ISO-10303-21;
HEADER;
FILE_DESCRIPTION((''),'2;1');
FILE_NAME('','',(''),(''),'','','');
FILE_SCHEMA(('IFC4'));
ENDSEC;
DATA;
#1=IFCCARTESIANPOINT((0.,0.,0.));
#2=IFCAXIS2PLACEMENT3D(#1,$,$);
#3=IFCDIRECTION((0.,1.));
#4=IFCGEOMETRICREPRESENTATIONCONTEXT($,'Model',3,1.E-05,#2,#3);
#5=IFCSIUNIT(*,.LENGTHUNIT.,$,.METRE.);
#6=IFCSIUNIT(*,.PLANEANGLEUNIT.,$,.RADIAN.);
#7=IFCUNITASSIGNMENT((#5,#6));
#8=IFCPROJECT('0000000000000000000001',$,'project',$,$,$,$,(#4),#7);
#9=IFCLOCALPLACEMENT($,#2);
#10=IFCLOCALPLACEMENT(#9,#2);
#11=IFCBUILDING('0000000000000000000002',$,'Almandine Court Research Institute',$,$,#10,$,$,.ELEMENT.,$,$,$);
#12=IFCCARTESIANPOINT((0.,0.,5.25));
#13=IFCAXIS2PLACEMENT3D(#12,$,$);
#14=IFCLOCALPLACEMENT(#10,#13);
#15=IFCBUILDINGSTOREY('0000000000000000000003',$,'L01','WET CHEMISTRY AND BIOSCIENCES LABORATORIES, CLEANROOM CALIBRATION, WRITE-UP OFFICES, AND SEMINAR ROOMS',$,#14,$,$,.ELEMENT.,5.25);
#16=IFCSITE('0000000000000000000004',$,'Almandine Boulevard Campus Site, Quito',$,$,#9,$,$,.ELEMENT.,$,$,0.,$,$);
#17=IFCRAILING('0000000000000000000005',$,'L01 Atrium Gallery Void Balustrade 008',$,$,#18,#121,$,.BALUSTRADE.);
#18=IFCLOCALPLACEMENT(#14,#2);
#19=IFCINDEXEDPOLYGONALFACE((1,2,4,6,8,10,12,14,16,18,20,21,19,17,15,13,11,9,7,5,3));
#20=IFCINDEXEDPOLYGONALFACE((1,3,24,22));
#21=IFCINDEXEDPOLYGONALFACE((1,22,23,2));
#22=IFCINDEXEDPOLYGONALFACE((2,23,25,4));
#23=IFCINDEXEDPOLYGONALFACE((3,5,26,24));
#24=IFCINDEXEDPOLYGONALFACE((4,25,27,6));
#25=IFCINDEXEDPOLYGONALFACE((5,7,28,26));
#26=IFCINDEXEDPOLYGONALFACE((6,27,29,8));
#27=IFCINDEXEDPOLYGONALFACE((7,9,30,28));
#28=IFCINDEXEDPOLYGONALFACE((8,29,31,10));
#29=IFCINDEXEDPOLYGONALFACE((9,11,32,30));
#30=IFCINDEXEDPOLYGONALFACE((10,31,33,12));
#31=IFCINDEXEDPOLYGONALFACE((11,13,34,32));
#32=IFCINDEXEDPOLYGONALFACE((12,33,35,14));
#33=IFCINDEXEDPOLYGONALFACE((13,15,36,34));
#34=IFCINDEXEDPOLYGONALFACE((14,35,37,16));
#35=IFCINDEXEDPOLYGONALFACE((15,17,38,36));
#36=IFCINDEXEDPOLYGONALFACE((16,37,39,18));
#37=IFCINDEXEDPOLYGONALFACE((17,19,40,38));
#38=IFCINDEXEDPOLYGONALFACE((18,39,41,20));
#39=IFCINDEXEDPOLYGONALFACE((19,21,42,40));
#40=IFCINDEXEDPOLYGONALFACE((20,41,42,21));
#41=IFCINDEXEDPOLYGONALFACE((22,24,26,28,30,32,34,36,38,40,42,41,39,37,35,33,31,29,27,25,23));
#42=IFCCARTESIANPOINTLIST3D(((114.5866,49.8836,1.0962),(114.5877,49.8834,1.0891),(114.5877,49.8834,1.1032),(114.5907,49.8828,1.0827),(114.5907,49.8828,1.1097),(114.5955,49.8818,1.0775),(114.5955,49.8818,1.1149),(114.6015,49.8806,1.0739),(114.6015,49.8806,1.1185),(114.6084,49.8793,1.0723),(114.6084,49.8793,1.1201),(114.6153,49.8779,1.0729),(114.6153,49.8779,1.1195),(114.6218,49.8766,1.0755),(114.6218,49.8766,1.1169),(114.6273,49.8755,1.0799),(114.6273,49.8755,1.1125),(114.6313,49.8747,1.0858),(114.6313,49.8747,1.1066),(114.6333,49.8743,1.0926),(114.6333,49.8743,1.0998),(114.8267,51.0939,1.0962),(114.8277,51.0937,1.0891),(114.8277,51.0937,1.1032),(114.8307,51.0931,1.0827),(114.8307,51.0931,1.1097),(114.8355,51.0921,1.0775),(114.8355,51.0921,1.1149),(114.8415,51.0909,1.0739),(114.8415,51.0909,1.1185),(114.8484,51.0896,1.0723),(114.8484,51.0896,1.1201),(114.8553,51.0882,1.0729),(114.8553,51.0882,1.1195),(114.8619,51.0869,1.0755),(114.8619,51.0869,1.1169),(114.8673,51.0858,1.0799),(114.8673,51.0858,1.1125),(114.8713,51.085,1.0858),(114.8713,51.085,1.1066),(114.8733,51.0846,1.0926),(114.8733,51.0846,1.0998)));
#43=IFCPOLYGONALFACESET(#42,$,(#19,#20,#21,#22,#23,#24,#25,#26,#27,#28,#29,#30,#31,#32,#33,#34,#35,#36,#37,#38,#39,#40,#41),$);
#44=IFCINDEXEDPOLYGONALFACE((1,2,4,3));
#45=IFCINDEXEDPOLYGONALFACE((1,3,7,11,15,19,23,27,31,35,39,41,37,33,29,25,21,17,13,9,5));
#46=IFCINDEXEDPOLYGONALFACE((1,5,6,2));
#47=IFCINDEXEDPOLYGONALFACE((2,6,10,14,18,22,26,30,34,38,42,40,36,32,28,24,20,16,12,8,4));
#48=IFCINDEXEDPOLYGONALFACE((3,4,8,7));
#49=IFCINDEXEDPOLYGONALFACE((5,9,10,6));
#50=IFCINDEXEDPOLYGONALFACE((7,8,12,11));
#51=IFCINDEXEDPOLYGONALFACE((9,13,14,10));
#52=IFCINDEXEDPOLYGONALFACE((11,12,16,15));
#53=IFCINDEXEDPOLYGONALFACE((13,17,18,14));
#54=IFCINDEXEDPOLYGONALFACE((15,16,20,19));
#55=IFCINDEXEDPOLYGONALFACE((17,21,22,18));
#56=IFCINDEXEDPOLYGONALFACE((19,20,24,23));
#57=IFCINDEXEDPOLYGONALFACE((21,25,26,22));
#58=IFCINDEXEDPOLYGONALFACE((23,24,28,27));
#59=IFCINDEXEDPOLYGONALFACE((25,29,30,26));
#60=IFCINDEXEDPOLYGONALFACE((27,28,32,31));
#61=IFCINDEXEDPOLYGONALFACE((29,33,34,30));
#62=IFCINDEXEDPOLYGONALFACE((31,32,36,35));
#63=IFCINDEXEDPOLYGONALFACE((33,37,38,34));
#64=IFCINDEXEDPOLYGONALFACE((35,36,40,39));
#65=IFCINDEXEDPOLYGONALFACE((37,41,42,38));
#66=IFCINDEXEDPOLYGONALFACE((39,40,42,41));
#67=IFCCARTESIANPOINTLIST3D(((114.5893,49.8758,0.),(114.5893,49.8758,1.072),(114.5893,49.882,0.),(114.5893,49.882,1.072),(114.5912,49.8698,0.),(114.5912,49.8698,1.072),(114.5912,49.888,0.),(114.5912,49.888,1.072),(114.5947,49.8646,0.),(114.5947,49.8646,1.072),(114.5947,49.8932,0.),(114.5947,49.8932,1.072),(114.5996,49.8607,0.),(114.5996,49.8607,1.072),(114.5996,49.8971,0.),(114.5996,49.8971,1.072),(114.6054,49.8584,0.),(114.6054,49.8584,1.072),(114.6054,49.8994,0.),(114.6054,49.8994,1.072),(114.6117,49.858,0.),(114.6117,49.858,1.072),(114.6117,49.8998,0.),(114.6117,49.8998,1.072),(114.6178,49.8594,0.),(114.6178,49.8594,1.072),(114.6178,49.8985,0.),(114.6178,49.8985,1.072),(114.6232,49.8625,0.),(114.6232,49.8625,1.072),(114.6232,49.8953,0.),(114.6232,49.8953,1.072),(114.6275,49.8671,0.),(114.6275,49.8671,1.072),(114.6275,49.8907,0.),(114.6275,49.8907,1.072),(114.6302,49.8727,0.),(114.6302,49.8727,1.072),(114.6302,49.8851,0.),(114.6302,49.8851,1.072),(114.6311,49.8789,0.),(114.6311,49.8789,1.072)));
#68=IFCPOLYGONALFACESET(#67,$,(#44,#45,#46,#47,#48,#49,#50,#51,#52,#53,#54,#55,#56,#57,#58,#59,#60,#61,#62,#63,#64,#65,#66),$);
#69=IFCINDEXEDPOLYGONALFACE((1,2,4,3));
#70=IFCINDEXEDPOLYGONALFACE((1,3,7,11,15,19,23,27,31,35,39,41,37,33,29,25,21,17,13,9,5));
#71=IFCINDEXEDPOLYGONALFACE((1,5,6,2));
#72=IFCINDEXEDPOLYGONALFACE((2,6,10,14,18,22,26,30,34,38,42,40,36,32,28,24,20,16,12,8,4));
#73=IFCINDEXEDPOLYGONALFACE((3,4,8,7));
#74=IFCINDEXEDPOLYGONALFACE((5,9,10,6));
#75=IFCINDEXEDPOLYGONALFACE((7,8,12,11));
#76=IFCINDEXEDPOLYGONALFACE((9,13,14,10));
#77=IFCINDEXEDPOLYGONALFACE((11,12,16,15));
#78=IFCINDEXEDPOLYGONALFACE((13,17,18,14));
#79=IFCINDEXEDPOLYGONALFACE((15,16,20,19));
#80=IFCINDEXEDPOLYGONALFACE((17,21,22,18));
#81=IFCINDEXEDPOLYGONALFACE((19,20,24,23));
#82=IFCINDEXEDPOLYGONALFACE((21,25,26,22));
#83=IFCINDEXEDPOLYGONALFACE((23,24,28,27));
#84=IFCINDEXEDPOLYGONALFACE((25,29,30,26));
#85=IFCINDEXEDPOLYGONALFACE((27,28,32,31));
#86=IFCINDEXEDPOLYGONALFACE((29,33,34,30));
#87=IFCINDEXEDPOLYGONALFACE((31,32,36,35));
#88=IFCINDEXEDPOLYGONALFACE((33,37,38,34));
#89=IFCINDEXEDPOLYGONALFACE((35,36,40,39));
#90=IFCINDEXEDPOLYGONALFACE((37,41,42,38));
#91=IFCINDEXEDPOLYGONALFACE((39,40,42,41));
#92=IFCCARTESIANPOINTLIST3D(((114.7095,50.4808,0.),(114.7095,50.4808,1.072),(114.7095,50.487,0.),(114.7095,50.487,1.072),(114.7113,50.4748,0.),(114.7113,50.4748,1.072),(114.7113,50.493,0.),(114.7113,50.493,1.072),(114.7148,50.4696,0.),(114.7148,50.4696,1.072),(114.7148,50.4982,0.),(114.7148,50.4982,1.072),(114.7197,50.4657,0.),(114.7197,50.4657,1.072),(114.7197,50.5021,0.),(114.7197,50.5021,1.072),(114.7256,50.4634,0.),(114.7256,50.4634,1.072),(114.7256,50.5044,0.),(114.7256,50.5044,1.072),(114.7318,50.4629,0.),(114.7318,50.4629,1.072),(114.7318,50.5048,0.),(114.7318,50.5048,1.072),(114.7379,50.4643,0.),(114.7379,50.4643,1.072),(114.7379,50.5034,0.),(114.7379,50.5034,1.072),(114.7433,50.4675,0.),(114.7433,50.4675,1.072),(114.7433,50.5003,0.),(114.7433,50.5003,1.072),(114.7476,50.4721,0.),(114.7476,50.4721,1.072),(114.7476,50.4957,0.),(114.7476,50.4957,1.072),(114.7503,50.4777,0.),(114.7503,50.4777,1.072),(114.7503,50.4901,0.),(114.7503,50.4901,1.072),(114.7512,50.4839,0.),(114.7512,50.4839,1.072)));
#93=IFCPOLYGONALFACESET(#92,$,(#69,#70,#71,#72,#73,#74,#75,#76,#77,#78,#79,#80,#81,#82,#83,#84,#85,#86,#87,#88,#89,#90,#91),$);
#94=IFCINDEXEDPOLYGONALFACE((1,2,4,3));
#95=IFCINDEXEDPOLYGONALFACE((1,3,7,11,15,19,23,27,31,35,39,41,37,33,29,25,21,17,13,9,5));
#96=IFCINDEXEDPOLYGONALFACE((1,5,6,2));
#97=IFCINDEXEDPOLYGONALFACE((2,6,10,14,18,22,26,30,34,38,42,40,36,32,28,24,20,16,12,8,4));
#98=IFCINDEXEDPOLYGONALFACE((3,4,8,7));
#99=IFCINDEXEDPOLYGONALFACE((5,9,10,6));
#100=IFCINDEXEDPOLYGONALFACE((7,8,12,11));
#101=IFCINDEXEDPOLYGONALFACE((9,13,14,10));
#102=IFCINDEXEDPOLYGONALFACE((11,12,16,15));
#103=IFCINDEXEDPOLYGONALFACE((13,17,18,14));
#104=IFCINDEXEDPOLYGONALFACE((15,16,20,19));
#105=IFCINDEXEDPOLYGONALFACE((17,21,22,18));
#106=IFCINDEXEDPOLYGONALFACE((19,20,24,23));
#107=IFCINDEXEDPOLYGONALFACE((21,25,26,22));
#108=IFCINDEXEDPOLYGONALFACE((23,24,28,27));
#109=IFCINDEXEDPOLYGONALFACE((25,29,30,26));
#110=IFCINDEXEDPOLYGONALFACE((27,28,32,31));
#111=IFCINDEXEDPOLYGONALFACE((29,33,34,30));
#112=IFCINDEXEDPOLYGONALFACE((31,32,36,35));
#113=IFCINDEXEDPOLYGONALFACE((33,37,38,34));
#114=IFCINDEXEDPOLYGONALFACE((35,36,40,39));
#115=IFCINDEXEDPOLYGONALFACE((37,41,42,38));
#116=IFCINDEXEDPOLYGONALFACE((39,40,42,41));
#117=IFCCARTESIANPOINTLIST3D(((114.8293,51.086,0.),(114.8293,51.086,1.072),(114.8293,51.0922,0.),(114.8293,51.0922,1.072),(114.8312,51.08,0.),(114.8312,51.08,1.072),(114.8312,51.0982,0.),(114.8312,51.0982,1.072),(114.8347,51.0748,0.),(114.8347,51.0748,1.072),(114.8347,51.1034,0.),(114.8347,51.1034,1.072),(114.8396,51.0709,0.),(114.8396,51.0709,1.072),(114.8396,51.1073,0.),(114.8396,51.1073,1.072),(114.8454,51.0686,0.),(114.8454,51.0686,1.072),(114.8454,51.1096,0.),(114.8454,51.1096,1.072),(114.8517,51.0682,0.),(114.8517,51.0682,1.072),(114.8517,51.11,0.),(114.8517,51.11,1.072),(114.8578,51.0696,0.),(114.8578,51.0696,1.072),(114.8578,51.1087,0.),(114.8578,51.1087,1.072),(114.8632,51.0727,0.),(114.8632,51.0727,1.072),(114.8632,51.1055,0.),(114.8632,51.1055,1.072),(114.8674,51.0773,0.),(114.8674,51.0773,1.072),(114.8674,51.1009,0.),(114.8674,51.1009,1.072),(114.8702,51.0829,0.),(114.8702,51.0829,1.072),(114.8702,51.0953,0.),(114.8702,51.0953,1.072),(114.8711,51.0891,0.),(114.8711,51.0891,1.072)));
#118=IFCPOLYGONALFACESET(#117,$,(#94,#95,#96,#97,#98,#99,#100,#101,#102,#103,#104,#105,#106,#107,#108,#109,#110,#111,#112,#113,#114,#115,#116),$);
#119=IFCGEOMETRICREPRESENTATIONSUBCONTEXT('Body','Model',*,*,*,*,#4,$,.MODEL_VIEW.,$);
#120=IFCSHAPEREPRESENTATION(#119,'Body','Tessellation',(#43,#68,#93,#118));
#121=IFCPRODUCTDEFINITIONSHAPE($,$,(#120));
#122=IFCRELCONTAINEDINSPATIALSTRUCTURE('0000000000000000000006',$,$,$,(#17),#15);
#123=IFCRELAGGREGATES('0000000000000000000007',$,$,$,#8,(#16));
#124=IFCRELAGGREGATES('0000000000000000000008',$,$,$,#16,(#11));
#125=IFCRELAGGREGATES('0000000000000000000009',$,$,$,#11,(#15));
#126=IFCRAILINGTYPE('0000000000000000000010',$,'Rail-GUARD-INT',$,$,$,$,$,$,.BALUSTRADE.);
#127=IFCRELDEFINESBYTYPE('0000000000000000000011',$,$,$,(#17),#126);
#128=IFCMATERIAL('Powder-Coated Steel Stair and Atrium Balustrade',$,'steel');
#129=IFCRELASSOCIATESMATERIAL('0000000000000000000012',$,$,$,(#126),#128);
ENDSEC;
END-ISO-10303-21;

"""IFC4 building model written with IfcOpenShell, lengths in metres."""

from ifc_helpers import new_model, si_unit, direction, frame, origin, origin_2d, place, context, subcontext, project, spatial, circle, extrude, material, type_object, element, save


model = new_model("IFC4")

# Units and contexts
model_context = context("Model", 3, precision=1e-05, world=origin(), true_north=direction((0.0, 1.0)))
body_context = subcontext(model_context, "Body", "Model", "MODEL_VIEW")
ifc_project = project(units=[si_unit("LENGTHUNIT", "METRE"), si_unit("PLANEANGLEUNIT", "RADIAN")], contexts=[model_context])

# Site, building, storey
site_placement = place(None, origin())
site = spatial("IfcSite", under=ifc_project, at=site_placement, Name="Almandine Boulevard Campus Site, Quito", CompositionType="ELEMENT", RefElevation=0.0)
building_placement = place(site_placement, origin())
building = spatial("IfcBuilding", under=site, at=building_placement, Name="Almandine Court Research Institute", CompositionType="ELEMENT")
storey_placement = place(building_placement, frame((0.0, 0.0, 5.25)))
storey = spatial("IfcBuildingStorey", under=building, at=storey_placement, Name="L01", Description="WET CHEMISTRY AND BIOSCIENCES LABORATORIES, CLEANROOM CALIBRATION, WRITE-UP OFFICES, AND SEMINAR ROOMS", CompositionType="ELEMENT", Elevation=5.25)

# Railing
ifc_material_1 = material(Name="Powder-Coated Steel Stair and Atrium Balustrade", Category="steel")
railing_type = type_object("IfcRailingType", Name="Rail-GUARD-INT", PredefinedType="BALUSTRADE", material=ifc_material_1)
railing_1_placement = place(storey_placement, frame((114.6101, 49.8789, 0.0)))
element("IfcRailing", 1, at=railing_1_placement, inside=storey, type_object=railing_type, Name="L01 Atrium Gallery Void Balustrade 008", PredefinedType="BALUSTRADE", context=body_context, shape_type="SweptSolid", body=[
    extrude(circle(Radius=0.0239, at=origin_2d()), frame((0.0, 0.0, 1.0962), z_axis=(0.194518, 0.980899, 0.0), x_axis=(-0.980899, 0.194518, 0.0)), (0.0, 0.0, 1.0), 1.2339),
    extrude(circle(Radius=0.021, at=origin_2d()), origin(), (0.0, 0.0, 1.0), 1.072),
    extrude(circle(Radius=0.021, at=origin_2d()), frame((0.1201, 0.605, 0.0)), (0.0, 0.0, 1.0), 1.072),
    extrude(circle(Radius=0.021, at=origin_2d()), frame((0.24, 1.2102, 0.0)), (0.0, 0.0, 1.0), 1.072),
])

save(model, "model.ifc")
